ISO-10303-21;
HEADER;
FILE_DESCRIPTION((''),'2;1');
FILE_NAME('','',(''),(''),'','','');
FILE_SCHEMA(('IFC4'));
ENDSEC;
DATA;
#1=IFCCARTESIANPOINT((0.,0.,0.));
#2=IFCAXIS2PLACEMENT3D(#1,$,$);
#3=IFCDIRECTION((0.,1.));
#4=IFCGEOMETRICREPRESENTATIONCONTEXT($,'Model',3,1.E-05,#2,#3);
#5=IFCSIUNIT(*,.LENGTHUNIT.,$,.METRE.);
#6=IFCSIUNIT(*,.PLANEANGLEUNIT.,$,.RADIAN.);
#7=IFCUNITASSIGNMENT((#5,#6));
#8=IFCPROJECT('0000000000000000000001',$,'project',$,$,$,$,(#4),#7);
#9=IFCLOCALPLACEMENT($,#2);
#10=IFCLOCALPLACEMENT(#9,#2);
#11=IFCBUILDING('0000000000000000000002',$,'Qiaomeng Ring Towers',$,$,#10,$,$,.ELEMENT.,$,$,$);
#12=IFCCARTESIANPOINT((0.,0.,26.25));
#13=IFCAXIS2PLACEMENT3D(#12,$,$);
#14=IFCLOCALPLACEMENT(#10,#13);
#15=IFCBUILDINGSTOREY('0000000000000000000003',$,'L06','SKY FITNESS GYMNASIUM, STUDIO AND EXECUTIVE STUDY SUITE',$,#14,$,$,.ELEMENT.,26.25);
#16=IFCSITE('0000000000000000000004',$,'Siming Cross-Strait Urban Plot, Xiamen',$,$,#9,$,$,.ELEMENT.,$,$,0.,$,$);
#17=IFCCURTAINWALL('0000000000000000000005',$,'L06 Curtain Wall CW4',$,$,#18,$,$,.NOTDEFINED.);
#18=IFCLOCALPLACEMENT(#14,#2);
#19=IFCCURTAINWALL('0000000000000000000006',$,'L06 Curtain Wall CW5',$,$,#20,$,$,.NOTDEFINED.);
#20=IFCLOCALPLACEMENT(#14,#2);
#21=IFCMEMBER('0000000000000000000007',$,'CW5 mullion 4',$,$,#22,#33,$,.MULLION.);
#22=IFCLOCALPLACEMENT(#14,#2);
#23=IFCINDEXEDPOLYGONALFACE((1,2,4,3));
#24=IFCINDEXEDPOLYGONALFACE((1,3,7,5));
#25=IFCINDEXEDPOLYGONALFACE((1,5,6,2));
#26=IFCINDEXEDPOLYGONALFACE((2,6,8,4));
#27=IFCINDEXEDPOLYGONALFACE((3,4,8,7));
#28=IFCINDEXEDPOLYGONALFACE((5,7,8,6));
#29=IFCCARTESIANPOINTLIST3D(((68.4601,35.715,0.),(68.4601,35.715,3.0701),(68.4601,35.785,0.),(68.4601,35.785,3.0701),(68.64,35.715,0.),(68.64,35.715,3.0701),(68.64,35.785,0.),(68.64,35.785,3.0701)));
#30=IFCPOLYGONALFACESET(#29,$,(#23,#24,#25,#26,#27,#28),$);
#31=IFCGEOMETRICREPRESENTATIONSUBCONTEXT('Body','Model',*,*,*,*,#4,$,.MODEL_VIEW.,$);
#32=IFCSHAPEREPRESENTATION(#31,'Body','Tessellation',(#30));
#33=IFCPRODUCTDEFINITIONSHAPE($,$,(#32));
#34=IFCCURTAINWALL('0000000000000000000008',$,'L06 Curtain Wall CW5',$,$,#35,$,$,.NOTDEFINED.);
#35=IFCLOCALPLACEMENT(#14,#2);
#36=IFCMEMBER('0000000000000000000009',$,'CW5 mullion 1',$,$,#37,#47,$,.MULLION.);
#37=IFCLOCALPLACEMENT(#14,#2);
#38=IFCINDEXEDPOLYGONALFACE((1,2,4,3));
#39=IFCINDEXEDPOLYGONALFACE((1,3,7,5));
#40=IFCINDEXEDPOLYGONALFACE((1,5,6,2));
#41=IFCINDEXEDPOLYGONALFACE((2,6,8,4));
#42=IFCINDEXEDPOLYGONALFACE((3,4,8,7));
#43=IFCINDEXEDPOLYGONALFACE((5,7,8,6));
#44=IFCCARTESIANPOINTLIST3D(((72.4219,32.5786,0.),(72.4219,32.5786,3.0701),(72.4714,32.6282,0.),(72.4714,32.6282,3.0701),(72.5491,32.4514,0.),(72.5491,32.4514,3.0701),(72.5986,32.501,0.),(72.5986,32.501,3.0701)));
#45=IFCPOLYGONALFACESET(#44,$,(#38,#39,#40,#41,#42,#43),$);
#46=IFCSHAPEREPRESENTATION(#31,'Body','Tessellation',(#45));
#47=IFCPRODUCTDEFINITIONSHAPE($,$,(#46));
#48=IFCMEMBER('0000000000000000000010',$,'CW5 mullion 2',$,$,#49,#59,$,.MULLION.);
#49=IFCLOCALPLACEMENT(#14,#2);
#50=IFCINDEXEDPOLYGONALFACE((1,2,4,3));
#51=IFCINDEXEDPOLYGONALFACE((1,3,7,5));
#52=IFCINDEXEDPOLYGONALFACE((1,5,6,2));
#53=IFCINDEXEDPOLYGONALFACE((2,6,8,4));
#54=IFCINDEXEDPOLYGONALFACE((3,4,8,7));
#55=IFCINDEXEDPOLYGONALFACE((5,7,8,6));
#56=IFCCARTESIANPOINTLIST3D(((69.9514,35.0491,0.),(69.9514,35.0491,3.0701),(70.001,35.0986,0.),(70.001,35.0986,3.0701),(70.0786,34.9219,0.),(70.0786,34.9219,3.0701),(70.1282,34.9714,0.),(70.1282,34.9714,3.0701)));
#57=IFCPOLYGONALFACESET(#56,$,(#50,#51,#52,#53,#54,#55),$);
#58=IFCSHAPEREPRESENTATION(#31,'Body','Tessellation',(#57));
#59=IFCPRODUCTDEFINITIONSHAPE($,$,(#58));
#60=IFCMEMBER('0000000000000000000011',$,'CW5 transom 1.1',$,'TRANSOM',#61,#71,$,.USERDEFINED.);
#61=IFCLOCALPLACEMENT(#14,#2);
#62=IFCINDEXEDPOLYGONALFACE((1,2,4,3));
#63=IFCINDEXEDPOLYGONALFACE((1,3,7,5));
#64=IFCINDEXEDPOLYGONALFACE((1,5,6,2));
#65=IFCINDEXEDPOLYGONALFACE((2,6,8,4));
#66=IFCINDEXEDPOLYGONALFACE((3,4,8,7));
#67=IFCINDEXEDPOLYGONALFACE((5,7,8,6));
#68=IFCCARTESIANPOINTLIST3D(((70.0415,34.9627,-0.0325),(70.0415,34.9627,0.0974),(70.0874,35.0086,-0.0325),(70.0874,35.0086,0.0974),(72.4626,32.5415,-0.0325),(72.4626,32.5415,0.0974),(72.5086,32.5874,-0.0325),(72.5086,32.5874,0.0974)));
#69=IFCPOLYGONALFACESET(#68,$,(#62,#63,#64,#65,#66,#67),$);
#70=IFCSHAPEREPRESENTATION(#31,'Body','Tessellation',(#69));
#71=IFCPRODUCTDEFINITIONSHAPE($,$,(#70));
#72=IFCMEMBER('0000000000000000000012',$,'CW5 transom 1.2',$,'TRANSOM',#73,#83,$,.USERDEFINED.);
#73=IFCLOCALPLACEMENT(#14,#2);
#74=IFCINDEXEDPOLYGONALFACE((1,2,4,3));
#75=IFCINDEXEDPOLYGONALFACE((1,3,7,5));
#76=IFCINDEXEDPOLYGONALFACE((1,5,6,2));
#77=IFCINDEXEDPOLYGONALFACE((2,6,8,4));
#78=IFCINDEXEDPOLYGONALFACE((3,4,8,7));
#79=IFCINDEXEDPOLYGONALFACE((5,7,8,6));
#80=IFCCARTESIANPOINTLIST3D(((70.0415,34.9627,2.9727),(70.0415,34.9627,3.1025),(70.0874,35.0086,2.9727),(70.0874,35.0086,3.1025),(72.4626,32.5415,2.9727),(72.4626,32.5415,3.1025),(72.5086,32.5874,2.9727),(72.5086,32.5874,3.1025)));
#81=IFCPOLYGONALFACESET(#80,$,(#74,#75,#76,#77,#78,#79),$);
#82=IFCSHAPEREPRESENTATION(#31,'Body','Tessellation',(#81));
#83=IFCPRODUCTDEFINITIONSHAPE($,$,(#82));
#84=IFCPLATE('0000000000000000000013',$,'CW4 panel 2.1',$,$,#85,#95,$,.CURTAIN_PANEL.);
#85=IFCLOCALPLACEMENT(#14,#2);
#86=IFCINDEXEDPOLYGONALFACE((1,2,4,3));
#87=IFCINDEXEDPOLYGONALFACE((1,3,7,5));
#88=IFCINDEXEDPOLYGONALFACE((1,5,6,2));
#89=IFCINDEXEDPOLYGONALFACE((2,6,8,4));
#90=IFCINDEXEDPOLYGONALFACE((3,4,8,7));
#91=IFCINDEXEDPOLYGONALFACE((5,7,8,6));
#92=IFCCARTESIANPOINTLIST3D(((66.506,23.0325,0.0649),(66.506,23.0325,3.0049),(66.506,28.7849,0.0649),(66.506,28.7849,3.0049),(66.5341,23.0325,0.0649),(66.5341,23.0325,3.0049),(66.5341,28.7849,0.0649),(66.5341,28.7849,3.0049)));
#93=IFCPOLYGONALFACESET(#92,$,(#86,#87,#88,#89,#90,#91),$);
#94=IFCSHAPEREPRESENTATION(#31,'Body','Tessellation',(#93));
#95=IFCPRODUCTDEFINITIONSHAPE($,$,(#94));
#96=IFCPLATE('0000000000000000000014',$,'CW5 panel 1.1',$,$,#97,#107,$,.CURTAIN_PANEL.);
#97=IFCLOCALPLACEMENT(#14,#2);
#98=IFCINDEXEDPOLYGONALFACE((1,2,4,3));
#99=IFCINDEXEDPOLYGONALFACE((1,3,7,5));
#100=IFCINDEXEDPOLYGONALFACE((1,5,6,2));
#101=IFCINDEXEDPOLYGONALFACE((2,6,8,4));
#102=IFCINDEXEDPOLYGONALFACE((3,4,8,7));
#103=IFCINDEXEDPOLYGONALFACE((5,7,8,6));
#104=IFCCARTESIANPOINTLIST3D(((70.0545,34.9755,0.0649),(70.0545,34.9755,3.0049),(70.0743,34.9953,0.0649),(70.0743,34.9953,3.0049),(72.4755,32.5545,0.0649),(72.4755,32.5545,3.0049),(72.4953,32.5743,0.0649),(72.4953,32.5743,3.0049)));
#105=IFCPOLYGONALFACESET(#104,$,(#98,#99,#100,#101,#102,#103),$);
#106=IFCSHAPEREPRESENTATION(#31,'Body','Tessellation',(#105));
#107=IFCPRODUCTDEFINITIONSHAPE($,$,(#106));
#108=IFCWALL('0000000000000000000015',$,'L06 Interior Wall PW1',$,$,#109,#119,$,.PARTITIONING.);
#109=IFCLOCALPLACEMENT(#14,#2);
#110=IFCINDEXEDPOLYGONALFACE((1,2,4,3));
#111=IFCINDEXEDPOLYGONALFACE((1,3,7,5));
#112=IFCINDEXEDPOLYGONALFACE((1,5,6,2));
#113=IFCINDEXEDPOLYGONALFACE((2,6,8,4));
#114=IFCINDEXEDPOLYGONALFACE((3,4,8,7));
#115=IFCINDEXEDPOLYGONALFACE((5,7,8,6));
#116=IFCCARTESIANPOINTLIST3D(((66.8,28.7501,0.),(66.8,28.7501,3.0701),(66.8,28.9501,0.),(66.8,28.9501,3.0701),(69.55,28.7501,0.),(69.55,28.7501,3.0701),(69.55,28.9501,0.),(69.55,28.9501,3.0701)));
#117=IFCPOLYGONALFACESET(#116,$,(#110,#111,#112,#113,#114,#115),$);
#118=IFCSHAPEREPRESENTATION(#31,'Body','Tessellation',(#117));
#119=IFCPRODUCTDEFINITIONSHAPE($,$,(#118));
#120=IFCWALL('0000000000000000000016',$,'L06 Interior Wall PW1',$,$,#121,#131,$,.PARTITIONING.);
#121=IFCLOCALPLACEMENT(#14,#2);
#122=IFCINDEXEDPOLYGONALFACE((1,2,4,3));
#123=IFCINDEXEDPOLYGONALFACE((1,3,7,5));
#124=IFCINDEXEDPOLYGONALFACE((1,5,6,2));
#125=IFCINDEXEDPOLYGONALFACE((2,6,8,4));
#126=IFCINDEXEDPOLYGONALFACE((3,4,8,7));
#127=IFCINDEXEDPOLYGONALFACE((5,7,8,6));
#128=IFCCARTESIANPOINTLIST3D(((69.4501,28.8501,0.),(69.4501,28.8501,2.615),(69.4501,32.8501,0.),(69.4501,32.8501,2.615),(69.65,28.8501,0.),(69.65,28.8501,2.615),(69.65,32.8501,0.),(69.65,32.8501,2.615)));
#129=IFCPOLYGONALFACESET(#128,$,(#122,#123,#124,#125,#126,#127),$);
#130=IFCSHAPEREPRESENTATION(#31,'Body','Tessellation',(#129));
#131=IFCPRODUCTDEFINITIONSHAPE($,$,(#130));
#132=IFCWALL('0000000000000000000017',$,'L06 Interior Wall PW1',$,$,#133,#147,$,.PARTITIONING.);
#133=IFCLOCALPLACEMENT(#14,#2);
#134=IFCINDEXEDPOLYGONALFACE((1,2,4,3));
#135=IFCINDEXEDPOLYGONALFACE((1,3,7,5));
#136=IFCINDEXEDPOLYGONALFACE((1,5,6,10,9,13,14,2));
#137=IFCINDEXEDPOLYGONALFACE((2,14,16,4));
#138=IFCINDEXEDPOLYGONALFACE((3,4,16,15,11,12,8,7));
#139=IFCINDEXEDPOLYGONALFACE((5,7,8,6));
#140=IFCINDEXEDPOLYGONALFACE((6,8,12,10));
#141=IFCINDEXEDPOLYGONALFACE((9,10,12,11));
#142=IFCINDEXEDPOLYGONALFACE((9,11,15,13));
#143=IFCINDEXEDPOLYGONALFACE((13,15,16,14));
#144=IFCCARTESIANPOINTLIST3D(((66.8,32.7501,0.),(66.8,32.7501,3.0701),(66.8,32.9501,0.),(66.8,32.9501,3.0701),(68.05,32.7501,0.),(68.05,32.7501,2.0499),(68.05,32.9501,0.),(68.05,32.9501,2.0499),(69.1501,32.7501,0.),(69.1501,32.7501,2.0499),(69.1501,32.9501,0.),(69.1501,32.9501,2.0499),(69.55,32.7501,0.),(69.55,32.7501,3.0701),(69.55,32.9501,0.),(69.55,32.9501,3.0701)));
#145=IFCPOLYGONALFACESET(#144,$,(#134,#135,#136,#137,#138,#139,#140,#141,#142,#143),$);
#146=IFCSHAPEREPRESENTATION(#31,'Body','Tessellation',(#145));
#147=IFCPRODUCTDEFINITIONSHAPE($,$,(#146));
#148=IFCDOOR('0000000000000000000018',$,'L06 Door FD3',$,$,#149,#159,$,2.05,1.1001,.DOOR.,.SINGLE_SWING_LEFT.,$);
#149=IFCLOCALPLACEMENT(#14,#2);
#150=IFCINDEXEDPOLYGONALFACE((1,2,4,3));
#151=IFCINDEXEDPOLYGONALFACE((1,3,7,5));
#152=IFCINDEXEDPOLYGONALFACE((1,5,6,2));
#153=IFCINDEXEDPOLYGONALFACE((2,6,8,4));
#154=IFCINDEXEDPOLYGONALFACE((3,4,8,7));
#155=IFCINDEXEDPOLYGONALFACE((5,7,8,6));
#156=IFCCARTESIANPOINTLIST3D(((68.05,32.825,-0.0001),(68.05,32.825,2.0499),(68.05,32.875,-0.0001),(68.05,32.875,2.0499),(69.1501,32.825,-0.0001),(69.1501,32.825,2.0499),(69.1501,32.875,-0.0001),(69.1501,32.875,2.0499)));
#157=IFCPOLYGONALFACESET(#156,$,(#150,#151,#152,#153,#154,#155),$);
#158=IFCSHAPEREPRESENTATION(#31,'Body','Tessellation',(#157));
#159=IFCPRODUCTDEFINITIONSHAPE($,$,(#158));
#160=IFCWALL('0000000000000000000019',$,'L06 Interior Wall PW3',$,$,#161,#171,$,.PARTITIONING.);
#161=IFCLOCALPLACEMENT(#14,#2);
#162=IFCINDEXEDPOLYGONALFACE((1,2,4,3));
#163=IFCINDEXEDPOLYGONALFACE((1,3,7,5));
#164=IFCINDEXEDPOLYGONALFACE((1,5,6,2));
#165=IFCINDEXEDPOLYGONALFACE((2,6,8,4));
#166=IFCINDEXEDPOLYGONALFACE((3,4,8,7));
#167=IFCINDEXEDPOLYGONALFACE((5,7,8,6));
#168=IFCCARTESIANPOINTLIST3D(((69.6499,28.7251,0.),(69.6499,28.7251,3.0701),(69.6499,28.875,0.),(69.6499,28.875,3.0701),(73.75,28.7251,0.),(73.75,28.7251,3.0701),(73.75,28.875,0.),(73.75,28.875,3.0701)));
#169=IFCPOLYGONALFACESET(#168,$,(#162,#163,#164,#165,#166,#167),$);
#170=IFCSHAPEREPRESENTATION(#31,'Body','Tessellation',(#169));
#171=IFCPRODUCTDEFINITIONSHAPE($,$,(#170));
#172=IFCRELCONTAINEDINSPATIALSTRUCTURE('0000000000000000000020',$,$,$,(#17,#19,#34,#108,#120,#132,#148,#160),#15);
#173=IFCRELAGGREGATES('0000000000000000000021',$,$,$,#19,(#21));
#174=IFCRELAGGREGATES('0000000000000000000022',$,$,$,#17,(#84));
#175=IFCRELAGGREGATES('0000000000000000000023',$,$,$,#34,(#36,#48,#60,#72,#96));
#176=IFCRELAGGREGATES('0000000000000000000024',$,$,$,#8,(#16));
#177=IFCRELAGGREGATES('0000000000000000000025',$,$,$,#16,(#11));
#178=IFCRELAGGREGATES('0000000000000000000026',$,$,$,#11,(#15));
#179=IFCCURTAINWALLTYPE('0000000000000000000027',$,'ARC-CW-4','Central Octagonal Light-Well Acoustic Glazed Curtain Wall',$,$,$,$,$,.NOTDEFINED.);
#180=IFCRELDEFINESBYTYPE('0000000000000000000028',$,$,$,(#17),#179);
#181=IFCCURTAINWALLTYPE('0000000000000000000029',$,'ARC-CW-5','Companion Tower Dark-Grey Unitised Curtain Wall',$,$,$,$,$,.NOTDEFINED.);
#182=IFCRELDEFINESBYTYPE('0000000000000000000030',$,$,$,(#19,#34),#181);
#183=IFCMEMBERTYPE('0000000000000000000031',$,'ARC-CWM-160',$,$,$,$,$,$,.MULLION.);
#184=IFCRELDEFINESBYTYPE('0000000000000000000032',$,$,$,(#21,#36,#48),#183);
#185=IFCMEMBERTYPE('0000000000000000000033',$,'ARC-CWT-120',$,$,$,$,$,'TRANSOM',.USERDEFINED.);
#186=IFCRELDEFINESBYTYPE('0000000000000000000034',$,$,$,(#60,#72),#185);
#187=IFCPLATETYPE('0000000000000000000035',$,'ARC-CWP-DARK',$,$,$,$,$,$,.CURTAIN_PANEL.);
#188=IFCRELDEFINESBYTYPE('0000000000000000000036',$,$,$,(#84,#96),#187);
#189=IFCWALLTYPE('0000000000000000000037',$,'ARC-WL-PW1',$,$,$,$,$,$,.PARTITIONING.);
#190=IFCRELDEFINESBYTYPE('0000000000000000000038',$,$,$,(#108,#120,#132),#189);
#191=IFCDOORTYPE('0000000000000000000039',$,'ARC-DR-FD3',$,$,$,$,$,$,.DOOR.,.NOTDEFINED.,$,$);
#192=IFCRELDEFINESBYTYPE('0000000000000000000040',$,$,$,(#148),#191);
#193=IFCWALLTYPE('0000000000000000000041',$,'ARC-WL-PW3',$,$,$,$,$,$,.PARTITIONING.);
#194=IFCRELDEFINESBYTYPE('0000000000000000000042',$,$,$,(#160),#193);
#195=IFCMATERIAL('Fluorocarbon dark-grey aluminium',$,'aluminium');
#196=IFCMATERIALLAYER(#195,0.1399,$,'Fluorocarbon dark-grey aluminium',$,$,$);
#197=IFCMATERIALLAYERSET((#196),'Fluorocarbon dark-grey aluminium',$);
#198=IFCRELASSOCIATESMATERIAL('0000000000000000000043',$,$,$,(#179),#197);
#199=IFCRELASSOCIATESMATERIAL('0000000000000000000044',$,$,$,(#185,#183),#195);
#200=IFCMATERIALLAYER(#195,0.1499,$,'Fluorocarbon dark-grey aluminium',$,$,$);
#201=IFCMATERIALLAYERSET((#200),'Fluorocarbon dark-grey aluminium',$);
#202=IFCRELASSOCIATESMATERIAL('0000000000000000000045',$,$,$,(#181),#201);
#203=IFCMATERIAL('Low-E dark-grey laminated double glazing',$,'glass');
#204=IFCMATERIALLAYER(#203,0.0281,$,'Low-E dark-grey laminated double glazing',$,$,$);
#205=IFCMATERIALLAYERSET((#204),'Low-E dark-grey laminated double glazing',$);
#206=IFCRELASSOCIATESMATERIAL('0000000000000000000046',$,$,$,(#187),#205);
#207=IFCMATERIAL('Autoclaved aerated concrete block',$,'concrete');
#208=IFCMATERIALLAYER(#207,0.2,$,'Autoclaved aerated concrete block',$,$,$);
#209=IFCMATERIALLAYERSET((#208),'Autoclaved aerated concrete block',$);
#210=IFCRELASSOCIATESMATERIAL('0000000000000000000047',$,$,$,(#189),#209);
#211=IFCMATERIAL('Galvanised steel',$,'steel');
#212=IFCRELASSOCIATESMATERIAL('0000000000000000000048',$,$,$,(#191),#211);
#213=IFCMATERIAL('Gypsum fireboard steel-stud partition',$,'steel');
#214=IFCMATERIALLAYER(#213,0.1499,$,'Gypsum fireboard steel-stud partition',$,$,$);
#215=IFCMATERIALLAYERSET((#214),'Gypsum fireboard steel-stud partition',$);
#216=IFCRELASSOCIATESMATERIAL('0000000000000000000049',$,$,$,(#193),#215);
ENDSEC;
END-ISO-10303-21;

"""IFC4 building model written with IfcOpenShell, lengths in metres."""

from ifc_helpers import new_model, si_unit, direction, frame, frame_2d, origin, origin_2d, place, context, subcontext, project, spatial, rectangle, extrude, source, transform, mapped, material, layer, layer_set, material_profile, profile_set, type_object, element, fill, aggregate, save


model = new_model("IFC4")

# Units and contexts
model_context = context("Model", 3, precision=1e-05, world=origin(), true_north=direction((0.0, 1.0)))
body_context = subcontext(model_context, "Body", "Model", "MODEL_VIEW")
ifc_project = project(units=[si_unit("LENGTHUNIT", "METRE"), si_unit("PLANEANGLEUNIT", "RADIAN")], contexts=[model_context])

# Site, building, storey
site_placement = place(None, origin())
site = spatial("IfcSite", under=ifc_project, at=site_placement, Name="Siming Cross-Strait Urban Plot, Xiamen", CompositionType="ELEMENT", RefElevation=0.0)
building_placement = place(site_placement, origin())
building = spatial("IfcBuilding", under=site, at=building_placement, Name="Qiaomeng Ring Towers", CompositionType="ELEMENT")
storey_placement = place(building_placement, frame((0.0, 0.0, 26.25)))
storey = spatial("IfcBuildingStorey", under=building, at=storey_placement, Name="L06", Description="SKY FITNESS GYMNASIUM, STUDIO AND EXECUTIVE STUDY SUITE", CompositionType="ELEMENT", Elevation=26.25)

# Curtain wall
ifc_material_1 = material(Name="Fluorocarbon dark-grey aluminium", Category="aluminium")
ifc_layer_1 = layer(ifc_material_1, 0.1399, Name="Fluorocarbon dark-grey aluminium")
ifc_layer_set_1 = layer_set([ifc_layer_1], Name="Fluorocarbon dark-grey aluminium")
curtain_wall_type_1 = type_object("IfcCurtainWallType", Name="ARC-CW-4", Description="Central Octagonal Light-Well Acoustic Glazed Curtain Wall", PredefinedType="NOTDEFINED", material=ifc_layer_set_1)
curtain_wall_1_placement = place(storey_placement, origin())
curtain_wall_1 = element("IfcCurtainWall", 1, at=curtain_wall_1_placement, inside=storey, type_object=curtain_wall_type_1, Name="L06 Curtain Wall CW4", PredefinedType="NOTDEFINED")
ifc_material_profile_1 = material_profile(ifc_material_1, rectangle(XDim=0.0649, YDim=0.1299, at=origin_2d()), Name="ALU TRAN 65x130")
ifc_profile_set_1 = profile_set([ifc_material_profile_1], Name="Fluorocarbon dark-grey aluminium")
member_type_1 = type_object("IfcMemberType", Name="ARC-CWT-120", ElementType="TRANSOM", PredefinedType="USERDEFINED", material=ifc_profile_set_1)

# Curtain wall, member
ifc_layer_2 = layer(ifc_material_1, 0.1499, Name="Fluorocarbon dark-grey aluminium")
ifc_layer_set_2 = layer_set([ifc_layer_2], Name="Fluorocarbon dark-grey aluminium")
curtain_wall_type_2 = type_object("IfcCurtainWallType", Name="ARC-CW-5", Description="Companion Tower Dark-Grey Unitised Curtain Wall", PredefinedType="NOTDEFINED", material=ifc_layer_set_2)
curtain_wall_2_placement = place(storey_placement, origin())
curtain_wall_2 = element("IfcCurtainWall", 2, at=curtain_wall_2_placement, inside=storey, type_object=curtain_wall_type_2, Name="L06 Curtain Wall CW5", PredefinedType="NOTDEFINED")
ifc_material_profile_2 = material_profile(ifc_material_1, rectangle(XDim=0.0701, YDim=0.1799, at=origin_2d()), Name="ALU MULL 70x180")
ifc_profile_set_2 = profile_set([ifc_material_profile_2], Name="Fluorocarbon dark-grey aluminium")
member_type_2 = type_object("IfcMemberType", Name="ARC-CWM-160", PredefinedType="MULLION", material=ifc_profile_set_2)
shared_shape_1 = source(origin(), body_context, "Body", "SweptSolid", [
    extrude(rectangle(XDim=0.0701, YDim=0.1799, at=origin_2d()), origin(), (0.0, 0.0, 1.0), 3.0701),
])
member_1_placement = place(storey_placement, frame((68.55, 35.75, 0.0), z_axis=(0.0, 0.0, 1.0), x_axis=(0.0, 1.0, 0.0)))
member_1 = element("IfcMember", 3, at=member_1_placement, type_object=member_type_2, Name="CW5 mullion 4", PredefinedType="MULLION", context=body_context, shape_type="MappedRepresentation", body=[
    mapped(shared_shape_1, transform((0.0, 0.0, 0.0), x_axis=(1.0, 0.0, 0.0), y_axis=(0.0, 1.0, 0.0), z_axis=(0.0, 0.0, 1.0), scale=1.0)),
])
aggregate(curtain_wall_2, [member_1])

# Curtain wall, members
curtain_wall_3_placement = place(storey_placement, origin())
curtain_wall_3 = element("IfcCurtainWall", 4, at=curtain_wall_3_placement, inside=storey, type_object=curtain_wall_type_2, Name="L06 Curtain Wall CW5", PredefinedType="NOTDEFINED")
member_2_placement = place(storey_placement, frame((72.5103, 32.5398, 0.0), z_axis=(0.0, 0.0, 1.0), x_axis=(-0.707107, -0.707107, 0.0)))
member_2 = element("IfcMember", 5, at=member_2_placement, type_object=member_type_2, Name="CW5 mullion 1", PredefinedType="MULLION", context=body_context, shape_type="MappedRepresentation", body=[
    mapped(shared_shape_1, transform((0.0, 0.0, 0.0), x_axis=(1.0, 0.0, 0.0), y_axis=(0.0, 1.0, 0.0), z_axis=(0.0, 0.0, 1.0), scale=1.0)),
])
member_3_placement = place(storey_placement, frame((70.0398, 35.0103, 0.0), z_axis=(0.0, 0.0, 1.0), x_axis=(-0.707107, -0.707107, 0.0)))
member_3 = element("IfcMember", 6, at=member_3_placement, type_object=member_type_2, Name="CW5 mullion 2", PredefinedType="MULLION", context=body_context, shape_type="MappedRepresentation", body=[
    mapped(shared_shape_1, transform((0.0, 0.0, 0.0), x_axis=(1.0, 0.0, 0.0), y_axis=(0.0, 1.0, 0.0), z_axis=(0.0, 0.0, 1.0), scale=1.0)),
])
shared_shape_2 = source(origin(), body_context, "Body", "SweptSolid", [
    extrude(rectangle(XDim=0.0649, YDim=0.1299, at=origin_2d()), origin(), (0.0, 0.0, 1.0), 3.4241),
])
member_4_placement = place(storey_placement, frame((72.4856, 32.5645, 0.0325), z_axis=(-0.707107, 0.707107, 0.0), x_axis=(-0.707107, -0.707107, 0.0)))
member_4 = element("IfcMember", 7, at=member_4_placement, type_object=member_type_1, Name="CW5 transom 1.1", ObjectType="TRANSOM", PredefinedType="USERDEFINED", context=body_context, shape_type="MappedRepresentation", body=[
    mapped(shared_shape_2, transform((0.0, 0.0, 0.0), x_axis=(1.0, 0.0, 0.0), y_axis=(0.0, 1.0, 0.0), z_axis=(0.0, 0.0, 1.0), scale=1.0)),
])
member_5_placement = place(storey_placement, frame((72.4856, 32.5645, 3.0376), z_axis=(-0.707107, 0.707107, 0.0), x_axis=(-0.707107, -0.707107, 0.0)))
member_5 = element("IfcMember", 8, at=member_5_placement, type_object=member_type_1, Name="CW5 transom 1.2", ObjectType="TRANSOM", PredefinedType="USERDEFINED", context=body_context, shape_type="MappedRepresentation", body=[
    mapped(shared_shape_2, transform((0.0, 0.0, 0.0), x_axis=(1.0, 0.0, 0.0), y_axis=(0.0, 1.0, 0.0), z_axis=(0.0, 0.0, 1.0), scale=1.0)),
])

# Plates
ifc_material_2 = material(Name="Low-E dark-grey laminated double glazing", Category="glass")
ifc_layer_3 = layer(ifc_material_2, 0.0281, Name="Low-E dark-grey laminated double glazing")
ifc_layer_set_3 = layer_set([ifc_layer_3], Name="Low-E dark-grey laminated double glazing")
plate_type = type_object("IfcPlateType", Name="ARC-CWP-DARK", PredefinedType="CURTAIN_PANEL", material=ifc_layer_set_3)
shared_shape_3 = source(origin(), body_context, "Body", "SweptSolid", [
    extrude(rectangle(XDim=5.7524, YDim=0.0281, at=origin_2d()), origin(), (0.0, 0.0, 1.0), 2.9399),
])
plate_1_placement = place(storey_placement, frame((66.52, 25.9087, 0.0649), z_axis=(0.0, 0.0, 1.0), x_axis=(0.0, 1.0, 0.0)))
plate_1 = element("IfcPlate", 9, at=plate_1_placement, type_object=plate_type, Name="CW4 panel 2.1", PredefinedType="CURTAIN_PANEL", context=body_context, shape_type="MappedRepresentation", body=[
    mapped(shared_shape_3, transform((0.0, 0.0, 0.0), x_axis=(1.0, 0.0, 0.0), y_axis=(0.0, 1.0, 0.0), z_axis=(0.0, 0.0, 1.0), scale=1.0)),
])
aggregate(curtain_wall_1, [plate_1])
shared_shape_4 = source(origin(), body_context, "Body", "SweptSolid", [
    extrude(rectangle(XDim=3.4238, YDim=0.0281, at=origin_2d()), origin(), (0.0, 0.0, 1.0), 2.9399),
])
plate_2_placement = place(storey_placement, frame((71.2749, 33.7749, 0.0649), z_axis=(0.0, 0.0, 1.0), x_axis=(-0.707107, 0.707107, 0.0)))
plate_2 = element("IfcPlate", 10, at=plate_2_placement, type_object=plate_type, Name="CW5 panel 1.1", PredefinedType="CURTAIN_PANEL", context=body_context, shape_type="MappedRepresentation", body=[
    mapped(shared_shape_4, transform((0.0, 0.0, 0.0), x_axis=(1.0, 0.0, 0.0), y_axis=(0.0, 1.0, 0.0), z_axis=(0.0, 0.0, 1.0), scale=1.0)),
])
aggregate(curtain_wall_3, [member_2, member_3, member_4, member_5, plate_2])

# Walls
ifc_material_3 = material(Name="Autoclaved aerated concrete block", Category="concrete")
ifc_layer_4 = layer(ifc_material_3, 0.2, Name="Autoclaved aerated concrete block")
ifc_layer_set_4 = layer_set([ifc_layer_4], Name="Autoclaved aerated concrete block")
wall_type_1 = type_object("IfcWallType", Name="ARC-WL-PW1", PredefinedType="PARTITIONING", material=ifc_layer_set_4)
wall_1_placement = place(storey_placement, frame((66.8, 28.8501, 0.0), z_axis=(0.0, 0.0, 1.0), x_axis=(1.0, 0.0, 0.0)))
element("IfcWall", 11, at=wall_1_placement, inside=storey, type_object=wall_type_1, Name="L06 Interior Wall PW1", PredefinedType="PARTITIONING", context=body_context, shape_type="SweptSolid", body=[
    extrude(rectangle(XDim=2.75, YDim=0.2, at=frame_2d((1.375, 0.0))), origin(), (0.0, 0.0, 1.0), 3.0701),
])
wall_2_placement = place(storey_placement, frame((69.55, 28.8501, 0.0), z_axis=(0.0, 0.0, 1.0), x_axis=(0.0, 1.0, 0.0)))
element("IfcWall", 12, at=wall_2_placement, inside=storey, type_object=wall_type_1, Name="L06 Interior Wall PW1", PredefinedType="PARTITIONING", context=body_context, shape_type="SweptSolid", body=[
    extrude(rectangle(XDim=4.0, YDim=0.2, at=frame_2d((2.0, 0.0))), origin(), (0.0, 0.0, 1.0), 2.615),
])

# Wall, opening, door
wall_3_placement = place(storey_placement, frame((66.8, 32.8501, 0.0), z_axis=(0.0, 0.0, 1.0), x_axis=(1.0, 0.0, 0.0)))
wall_3 = element("IfcWall", 13, at=wall_3_placement, inside=storey, type_object=wall_type_1, Name="L06 Interior Wall PW1", PredefinedType="PARTITIONING", context=body_context, shape_type="SweptSolid", body=[
    extrude(rectangle(XDim=2.75, YDim=0.2, at=frame_2d((1.375, 0.0))), origin(), (0.0, 0.0, 1.0), 3.0701),
])
opening_1_placement = place(wall_3_placement, frame((1.25, 0.0, 0.0)))
opening_1 = element("IfcOpeningElement", 14, at=opening_1_placement, cuts=wall_3, PredefinedType="OPENING", context=body_context, shape_type="SweptSolid", body=[
    extrude(rectangle(XDim=1.1001, YDim=2.05, at=frame_2d((0.55, 1.0249))), frame((0.0, 0.1099, 0.0), z_axis=(0.0, -1.0, 0.0), x_axis=(1.0, 0.0, 0.0)), (0.0, 0.0, 1.0), 0.22),
])
ifc_material_4 = material(Name="Galvanised steel", Category="steel")
door_type_1 = type_object("IfcDoorType", Name="ARC-DR-FD3", OperationType="NOTDEFINED", PredefinedType="DOOR", material=ifc_material_4)
shared_shape_5 = source(origin(), body_context, "Body", "SweptSolid", [
    extrude(rectangle(XDim=1.1001, YDim=2.05, at=frame_2d((0.55, 1.0249))), frame((0.0, 0.0249, 0.0), z_axis=(0.0, -1.0, 0.0), x_axis=(1.0, 0.0, 0.0)), (0.0, 0.0, 1.0), 0.05),
])
door_1_placement = place(opening_1_placement, origin())
door_1 = element("IfcDoor", 15, at=door_1_placement, inside=storey, type_object=door_type_1, Name="L06 Door FD3", OperationType="SINGLE_SWING_LEFT", OverallHeight=2.05, OverallWidth=1.1001, PredefinedType="DOOR", context=body_context, shape_type="MappedRepresentation", body=[
    mapped(shared_shape_5, transform((0.0, 0.0, 0.0), x_axis=(1.0, 0.0, 0.0), y_axis=(0.0, 1.0, 0.0), z_axis=(0.0, 0.0, 1.0), scale=1.0)),
])
fill(opening_1, door_1)

# Wall
ifc_material_5 = material(Name="Gypsum fireboard steel-stud partition", Category="steel")
ifc_layer_5 = layer(ifc_material_5, 0.1499, Name="Gypsum fireboard steel-stud partition")
ifc_layer_set_5 = layer_set([ifc_layer_5], Name="Gypsum fireboard steel-stud partition")
wall_type_2 = type_object("IfcWallType", Name="ARC-WL-PW3", PredefinedType="PARTITIONING", material=ifc_layer_set_5)
wall_4_placement = place(storey_placement, frame((69.6499, 28.8, 0.0), z_axis=(0.0, 0.0, 1.0), x_axis=(1.0, 0.0, 0.0)))
element("IfcWall", 16, at=wall_4_placement, inside=storey, type_object=wall_type_2, Name="L06 Interior Wall PW3", PredefinedType="PARTITIONING", context=body_context, shape_type="SweptSolid", body=[
    extrude(rectangle(XDim=4.1001, YDim=0.1499, at=frame_2d((2.05, 0.0))), origin(), (0.0, 0.0, 1.0), 3.0701),
])

save(model, "model.ifc")
